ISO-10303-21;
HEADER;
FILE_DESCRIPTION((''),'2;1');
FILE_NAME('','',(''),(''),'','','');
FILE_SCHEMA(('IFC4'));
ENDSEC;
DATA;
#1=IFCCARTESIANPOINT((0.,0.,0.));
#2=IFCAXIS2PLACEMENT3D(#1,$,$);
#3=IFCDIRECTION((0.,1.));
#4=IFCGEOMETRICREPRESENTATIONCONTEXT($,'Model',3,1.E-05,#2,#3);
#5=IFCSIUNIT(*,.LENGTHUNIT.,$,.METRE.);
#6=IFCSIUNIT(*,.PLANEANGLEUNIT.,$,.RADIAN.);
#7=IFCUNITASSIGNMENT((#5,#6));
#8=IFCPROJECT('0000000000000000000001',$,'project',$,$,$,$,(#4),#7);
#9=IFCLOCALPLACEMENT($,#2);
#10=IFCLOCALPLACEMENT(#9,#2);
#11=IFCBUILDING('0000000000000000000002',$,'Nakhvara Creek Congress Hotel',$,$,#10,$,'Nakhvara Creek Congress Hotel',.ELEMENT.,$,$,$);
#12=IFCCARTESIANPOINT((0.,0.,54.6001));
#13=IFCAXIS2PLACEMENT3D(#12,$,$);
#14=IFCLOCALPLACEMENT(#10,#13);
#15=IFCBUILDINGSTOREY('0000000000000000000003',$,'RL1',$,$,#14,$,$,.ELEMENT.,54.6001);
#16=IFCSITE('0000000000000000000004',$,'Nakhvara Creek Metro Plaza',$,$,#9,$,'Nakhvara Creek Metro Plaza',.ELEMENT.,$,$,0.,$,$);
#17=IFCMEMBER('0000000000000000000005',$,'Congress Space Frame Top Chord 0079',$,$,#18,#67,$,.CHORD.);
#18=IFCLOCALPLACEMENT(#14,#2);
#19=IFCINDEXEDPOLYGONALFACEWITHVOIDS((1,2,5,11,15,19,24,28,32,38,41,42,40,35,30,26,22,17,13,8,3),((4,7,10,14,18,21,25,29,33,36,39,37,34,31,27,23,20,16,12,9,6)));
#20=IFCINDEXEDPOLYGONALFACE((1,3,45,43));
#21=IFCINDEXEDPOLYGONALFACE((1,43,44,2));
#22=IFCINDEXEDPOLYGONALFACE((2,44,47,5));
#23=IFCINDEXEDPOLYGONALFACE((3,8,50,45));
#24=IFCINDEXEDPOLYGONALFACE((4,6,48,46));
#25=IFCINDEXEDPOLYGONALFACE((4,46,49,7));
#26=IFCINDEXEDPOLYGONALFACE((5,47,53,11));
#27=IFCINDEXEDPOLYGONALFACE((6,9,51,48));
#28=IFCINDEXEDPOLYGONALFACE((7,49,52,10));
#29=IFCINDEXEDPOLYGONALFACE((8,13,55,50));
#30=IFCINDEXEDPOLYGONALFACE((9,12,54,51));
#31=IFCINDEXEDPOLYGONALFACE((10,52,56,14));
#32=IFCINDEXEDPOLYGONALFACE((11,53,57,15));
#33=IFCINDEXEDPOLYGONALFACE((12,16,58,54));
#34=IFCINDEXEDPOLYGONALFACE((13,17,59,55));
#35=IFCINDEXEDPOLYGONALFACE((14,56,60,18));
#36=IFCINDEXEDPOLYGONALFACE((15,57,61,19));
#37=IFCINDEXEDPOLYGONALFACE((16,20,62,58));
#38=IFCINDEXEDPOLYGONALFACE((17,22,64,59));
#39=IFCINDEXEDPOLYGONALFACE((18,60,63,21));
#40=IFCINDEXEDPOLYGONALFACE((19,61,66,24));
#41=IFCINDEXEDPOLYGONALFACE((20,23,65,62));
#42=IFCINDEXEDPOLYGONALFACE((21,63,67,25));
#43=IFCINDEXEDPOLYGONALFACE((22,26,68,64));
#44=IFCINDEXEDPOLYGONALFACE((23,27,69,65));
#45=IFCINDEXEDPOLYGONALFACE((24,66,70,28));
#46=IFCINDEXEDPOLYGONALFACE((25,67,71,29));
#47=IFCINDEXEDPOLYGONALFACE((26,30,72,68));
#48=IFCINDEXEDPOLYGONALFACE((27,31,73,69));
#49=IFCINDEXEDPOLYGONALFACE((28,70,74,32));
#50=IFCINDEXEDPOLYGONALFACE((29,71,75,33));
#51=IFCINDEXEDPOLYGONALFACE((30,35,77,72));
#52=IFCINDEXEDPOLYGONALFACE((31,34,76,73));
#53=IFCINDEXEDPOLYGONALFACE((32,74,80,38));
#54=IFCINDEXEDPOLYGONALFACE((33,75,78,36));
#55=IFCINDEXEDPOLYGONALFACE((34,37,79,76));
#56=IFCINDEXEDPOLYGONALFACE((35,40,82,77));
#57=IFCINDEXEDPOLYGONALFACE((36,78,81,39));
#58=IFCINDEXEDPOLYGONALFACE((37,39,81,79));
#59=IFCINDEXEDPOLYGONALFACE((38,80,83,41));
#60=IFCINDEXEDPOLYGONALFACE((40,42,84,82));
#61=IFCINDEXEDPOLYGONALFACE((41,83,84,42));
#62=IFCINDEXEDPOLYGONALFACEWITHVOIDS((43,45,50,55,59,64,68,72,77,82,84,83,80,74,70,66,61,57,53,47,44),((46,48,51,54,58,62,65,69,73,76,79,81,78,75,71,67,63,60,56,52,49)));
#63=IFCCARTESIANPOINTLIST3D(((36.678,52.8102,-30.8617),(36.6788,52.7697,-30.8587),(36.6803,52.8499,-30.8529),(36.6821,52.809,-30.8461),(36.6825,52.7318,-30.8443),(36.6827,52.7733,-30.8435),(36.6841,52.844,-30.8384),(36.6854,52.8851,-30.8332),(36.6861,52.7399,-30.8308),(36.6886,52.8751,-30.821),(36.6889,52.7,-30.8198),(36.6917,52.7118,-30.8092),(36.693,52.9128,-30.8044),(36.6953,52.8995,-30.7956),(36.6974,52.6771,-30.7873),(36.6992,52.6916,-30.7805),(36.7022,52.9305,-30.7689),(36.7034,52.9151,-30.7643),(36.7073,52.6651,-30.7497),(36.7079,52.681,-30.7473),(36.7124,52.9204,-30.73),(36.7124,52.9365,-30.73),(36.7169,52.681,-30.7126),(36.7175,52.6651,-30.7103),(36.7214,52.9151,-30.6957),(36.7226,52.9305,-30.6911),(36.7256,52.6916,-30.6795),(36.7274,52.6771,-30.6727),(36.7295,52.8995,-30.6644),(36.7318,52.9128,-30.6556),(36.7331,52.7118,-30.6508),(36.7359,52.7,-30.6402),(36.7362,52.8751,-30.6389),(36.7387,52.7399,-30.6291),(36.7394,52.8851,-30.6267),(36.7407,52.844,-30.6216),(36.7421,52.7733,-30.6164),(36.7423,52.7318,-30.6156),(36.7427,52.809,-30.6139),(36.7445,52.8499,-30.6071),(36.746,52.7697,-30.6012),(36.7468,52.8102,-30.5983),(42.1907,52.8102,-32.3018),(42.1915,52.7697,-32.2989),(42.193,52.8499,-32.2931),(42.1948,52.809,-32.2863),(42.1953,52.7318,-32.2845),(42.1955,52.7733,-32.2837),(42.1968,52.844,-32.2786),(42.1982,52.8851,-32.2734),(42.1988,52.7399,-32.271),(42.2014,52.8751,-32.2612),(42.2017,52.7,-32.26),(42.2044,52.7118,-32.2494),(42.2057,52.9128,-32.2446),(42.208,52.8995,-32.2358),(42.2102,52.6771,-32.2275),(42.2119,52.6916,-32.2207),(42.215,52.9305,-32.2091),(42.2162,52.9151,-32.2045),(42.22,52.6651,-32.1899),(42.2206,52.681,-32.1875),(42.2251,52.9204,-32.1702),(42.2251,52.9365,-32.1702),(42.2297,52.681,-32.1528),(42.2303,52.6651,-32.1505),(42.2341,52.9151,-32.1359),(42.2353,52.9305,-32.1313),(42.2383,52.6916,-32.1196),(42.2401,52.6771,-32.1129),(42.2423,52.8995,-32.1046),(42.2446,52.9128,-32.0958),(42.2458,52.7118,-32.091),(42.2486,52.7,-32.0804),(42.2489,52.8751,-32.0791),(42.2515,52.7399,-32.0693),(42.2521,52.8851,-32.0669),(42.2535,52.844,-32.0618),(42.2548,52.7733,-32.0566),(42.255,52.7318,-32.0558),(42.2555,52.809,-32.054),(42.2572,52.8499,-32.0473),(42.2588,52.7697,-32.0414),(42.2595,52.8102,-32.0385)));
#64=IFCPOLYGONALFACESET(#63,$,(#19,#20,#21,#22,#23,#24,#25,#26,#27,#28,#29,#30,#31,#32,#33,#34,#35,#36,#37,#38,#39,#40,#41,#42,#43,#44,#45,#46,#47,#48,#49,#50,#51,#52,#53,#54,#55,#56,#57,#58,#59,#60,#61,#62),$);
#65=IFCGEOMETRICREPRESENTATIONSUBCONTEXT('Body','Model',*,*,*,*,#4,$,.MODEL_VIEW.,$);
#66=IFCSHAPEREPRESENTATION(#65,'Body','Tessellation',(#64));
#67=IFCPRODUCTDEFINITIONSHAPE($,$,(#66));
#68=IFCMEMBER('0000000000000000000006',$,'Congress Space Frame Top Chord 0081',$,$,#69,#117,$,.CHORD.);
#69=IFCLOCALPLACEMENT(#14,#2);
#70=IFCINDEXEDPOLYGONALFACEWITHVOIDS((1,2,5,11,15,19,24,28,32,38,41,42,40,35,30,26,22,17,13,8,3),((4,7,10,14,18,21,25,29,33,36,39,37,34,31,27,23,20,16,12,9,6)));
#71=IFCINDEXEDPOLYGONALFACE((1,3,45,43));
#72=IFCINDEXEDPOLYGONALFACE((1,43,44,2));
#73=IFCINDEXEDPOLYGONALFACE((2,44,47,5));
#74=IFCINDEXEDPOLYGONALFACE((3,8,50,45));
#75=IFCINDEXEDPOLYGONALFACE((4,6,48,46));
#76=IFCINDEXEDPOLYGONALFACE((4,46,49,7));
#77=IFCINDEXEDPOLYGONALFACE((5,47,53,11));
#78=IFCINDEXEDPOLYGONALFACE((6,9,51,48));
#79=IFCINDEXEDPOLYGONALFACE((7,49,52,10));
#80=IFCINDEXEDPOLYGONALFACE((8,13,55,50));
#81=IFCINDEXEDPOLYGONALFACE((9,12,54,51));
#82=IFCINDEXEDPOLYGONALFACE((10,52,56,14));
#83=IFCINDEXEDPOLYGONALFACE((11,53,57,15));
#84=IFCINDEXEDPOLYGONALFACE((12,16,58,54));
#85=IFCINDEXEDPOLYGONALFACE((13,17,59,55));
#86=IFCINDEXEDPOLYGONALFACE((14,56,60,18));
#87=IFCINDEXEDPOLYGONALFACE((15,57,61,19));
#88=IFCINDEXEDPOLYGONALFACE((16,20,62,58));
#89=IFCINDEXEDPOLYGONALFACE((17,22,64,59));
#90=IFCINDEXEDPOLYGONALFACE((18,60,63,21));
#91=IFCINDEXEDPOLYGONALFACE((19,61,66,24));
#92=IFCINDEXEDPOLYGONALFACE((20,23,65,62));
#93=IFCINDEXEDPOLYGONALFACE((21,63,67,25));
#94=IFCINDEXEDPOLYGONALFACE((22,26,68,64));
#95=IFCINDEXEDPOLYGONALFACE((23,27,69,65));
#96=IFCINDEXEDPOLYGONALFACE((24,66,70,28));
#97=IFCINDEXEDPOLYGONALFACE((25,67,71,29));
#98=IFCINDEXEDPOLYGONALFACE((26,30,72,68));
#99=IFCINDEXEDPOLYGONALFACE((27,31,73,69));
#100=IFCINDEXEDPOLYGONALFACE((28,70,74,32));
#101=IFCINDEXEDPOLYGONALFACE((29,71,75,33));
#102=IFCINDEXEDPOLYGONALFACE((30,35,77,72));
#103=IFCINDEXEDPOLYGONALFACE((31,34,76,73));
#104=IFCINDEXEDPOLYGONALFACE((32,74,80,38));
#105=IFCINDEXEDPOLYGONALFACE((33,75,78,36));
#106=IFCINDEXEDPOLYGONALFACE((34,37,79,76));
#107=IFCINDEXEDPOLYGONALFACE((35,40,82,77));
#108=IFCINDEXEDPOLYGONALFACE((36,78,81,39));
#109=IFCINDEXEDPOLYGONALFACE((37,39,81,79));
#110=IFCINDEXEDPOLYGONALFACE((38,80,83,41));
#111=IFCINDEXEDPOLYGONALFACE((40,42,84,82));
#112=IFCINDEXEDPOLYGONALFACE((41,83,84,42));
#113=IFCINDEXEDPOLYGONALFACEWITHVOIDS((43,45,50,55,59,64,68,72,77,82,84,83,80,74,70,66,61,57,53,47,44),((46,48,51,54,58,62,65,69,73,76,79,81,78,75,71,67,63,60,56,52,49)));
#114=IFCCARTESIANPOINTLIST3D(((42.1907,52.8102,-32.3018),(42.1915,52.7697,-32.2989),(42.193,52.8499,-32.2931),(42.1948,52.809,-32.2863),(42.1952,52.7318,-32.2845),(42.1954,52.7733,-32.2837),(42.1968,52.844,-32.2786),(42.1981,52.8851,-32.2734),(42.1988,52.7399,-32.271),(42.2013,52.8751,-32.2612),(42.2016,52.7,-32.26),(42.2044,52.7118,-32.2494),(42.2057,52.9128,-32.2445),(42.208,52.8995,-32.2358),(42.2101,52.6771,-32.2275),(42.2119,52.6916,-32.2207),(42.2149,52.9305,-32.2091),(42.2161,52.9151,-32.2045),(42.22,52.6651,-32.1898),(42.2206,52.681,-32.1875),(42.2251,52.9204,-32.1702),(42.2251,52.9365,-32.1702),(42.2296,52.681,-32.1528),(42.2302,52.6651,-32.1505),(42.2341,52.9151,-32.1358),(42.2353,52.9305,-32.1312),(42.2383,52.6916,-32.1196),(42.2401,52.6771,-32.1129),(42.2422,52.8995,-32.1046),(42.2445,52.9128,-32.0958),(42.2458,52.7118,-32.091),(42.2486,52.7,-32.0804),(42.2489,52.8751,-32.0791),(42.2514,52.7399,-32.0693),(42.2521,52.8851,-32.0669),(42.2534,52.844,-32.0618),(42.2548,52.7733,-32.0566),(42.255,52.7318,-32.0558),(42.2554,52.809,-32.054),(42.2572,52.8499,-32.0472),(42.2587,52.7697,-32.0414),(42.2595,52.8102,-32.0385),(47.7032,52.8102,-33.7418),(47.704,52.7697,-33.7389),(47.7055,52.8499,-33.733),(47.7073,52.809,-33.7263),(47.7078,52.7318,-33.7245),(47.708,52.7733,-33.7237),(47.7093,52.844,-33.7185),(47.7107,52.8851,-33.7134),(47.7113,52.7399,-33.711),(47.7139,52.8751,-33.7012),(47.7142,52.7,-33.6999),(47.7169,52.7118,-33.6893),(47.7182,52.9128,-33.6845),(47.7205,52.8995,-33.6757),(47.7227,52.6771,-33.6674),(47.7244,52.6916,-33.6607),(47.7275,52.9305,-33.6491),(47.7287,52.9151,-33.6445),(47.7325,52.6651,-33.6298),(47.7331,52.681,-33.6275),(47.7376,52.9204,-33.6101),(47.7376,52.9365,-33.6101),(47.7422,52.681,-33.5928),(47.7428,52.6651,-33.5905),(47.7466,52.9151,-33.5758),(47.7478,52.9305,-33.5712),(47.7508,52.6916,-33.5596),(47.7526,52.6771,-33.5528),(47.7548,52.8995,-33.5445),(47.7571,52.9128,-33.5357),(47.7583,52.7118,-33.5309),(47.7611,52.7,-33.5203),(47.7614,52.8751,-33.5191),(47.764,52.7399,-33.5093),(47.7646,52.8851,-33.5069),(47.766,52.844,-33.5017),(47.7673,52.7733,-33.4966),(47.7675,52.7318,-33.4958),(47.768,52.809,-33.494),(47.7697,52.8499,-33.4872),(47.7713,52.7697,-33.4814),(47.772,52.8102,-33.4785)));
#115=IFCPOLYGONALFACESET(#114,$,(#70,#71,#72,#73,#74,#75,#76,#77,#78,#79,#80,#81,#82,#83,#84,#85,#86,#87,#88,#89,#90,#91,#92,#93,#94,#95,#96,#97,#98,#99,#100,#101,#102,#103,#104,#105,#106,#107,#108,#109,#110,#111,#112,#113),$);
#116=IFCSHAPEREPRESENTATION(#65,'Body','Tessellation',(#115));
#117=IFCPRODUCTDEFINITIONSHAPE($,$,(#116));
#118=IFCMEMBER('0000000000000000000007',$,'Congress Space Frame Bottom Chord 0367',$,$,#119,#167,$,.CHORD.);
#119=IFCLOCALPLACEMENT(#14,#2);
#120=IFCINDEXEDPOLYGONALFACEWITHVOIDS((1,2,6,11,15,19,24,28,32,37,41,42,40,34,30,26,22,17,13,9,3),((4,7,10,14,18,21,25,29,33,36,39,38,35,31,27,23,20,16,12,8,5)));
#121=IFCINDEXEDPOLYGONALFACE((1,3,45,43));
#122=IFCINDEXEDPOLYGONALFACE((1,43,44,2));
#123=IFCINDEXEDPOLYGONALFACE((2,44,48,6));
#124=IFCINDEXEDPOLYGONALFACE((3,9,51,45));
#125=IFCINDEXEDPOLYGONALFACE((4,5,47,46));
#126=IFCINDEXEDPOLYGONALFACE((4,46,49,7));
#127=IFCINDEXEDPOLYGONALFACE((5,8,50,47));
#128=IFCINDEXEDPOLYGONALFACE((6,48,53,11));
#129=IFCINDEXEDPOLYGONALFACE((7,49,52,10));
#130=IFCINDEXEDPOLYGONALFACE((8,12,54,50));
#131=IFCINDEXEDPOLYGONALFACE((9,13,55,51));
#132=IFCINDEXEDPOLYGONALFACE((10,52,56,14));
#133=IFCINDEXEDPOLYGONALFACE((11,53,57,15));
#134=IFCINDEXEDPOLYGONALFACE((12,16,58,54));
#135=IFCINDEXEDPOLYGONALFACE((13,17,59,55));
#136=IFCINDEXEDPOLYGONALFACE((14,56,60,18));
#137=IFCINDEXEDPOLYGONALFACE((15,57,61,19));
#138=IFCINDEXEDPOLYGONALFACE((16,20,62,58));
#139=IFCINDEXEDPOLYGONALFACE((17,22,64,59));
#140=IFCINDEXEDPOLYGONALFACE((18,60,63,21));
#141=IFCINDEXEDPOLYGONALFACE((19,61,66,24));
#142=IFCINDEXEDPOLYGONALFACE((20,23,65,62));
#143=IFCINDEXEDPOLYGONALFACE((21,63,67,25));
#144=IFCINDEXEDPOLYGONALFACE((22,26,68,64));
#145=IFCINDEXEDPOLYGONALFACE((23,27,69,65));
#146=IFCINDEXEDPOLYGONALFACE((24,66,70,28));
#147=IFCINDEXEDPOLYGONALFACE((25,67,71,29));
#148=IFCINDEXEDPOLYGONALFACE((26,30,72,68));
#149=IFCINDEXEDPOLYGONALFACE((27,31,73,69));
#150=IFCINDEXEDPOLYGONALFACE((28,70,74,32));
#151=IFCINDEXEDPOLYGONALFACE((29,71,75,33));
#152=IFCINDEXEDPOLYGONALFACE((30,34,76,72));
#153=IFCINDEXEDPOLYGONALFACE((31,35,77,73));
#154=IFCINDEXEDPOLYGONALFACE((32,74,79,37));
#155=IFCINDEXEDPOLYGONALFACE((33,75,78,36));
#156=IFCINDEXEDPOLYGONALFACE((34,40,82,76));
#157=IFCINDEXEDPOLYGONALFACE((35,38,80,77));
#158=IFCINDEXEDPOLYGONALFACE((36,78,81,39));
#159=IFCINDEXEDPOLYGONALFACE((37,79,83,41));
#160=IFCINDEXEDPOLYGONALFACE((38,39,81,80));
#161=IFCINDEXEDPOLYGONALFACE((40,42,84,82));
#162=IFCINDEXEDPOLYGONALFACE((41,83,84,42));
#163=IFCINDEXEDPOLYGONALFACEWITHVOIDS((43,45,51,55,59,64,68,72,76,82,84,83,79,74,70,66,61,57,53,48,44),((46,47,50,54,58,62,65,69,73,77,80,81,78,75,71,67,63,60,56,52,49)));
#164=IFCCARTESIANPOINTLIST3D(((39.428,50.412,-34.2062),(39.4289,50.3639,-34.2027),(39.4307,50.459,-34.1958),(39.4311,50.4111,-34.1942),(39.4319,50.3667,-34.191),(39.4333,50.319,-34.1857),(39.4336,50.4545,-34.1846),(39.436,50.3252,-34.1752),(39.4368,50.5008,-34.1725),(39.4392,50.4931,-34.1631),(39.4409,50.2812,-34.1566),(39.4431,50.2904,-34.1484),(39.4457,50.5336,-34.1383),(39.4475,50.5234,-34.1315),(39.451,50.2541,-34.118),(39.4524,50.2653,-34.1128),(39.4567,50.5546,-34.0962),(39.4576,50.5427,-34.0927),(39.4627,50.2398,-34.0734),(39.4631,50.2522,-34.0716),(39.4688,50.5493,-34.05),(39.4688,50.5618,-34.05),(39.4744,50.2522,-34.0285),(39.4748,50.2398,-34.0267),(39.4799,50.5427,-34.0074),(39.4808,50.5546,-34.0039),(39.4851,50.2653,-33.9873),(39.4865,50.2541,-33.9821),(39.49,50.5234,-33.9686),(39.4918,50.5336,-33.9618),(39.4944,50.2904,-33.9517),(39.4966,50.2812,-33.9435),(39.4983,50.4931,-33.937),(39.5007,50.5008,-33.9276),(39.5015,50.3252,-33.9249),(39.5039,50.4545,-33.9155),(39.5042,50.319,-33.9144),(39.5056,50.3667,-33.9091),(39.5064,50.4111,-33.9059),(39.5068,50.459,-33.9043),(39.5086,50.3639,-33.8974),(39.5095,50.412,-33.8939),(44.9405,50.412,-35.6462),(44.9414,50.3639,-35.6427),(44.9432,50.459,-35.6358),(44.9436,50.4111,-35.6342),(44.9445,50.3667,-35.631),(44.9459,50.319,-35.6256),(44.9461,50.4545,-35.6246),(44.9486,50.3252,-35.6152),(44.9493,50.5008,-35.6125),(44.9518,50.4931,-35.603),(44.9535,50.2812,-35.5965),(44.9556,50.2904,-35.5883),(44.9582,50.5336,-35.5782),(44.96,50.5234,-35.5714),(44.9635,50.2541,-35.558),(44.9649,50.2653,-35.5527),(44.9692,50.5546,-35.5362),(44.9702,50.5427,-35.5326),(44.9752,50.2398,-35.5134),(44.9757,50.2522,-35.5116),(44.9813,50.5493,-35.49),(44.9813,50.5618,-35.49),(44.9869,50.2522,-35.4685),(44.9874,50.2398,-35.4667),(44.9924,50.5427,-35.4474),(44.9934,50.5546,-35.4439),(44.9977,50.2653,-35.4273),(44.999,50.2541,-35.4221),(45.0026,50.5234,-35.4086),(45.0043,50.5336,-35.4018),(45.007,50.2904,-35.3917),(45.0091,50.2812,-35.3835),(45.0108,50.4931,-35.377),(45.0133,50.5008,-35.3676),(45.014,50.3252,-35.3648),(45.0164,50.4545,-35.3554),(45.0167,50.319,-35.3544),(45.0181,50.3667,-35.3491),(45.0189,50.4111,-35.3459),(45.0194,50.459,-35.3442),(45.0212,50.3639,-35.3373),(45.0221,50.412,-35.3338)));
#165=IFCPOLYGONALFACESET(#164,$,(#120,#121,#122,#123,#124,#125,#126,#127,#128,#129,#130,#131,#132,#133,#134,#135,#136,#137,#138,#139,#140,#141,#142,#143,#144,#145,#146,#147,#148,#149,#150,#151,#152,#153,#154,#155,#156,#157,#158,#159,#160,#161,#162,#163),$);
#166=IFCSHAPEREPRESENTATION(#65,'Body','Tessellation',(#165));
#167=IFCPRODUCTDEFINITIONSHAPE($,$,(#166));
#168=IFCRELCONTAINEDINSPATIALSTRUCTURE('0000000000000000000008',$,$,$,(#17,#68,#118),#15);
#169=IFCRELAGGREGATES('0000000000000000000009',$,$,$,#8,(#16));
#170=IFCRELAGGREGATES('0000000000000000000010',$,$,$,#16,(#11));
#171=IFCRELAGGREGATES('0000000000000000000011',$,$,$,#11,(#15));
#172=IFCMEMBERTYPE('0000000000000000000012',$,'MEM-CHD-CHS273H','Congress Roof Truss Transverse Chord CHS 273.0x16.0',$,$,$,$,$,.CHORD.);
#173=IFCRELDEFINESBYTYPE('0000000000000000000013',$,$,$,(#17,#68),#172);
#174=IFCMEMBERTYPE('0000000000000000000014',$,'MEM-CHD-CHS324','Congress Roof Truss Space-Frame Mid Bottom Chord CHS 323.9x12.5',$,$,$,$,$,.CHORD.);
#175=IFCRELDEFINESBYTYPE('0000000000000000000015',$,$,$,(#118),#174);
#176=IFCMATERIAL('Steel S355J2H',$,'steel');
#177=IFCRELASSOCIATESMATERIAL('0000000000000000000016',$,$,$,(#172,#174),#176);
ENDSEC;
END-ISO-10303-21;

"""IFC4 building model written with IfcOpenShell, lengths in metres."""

from ifc_helpers import new_model, si_unit, direction, frame, origin, origin_2d, place, context, subcontext, project, spatial, hollow_circle, extrude, material, material_profile, profile_set, type_object, element, save


model = new_model("IFC4")

# Units and contexts
model_context = context("Model", 3, precision=1e-05, world=origin(), true_north=direction((0.0, 1.0)))
body_context = subcontext(model_context, "Body", "Model", "MODEL_VIEW")
ifc_project = project(units=[si_unit("LENGTHUNIT", "METRE"), si_unit("PLANEANGLEUNIT", "RADIAN")], contexts=[model_context])

# Site, building, storey
site_placement = place(None, origin())
site = spatial("IfcSite", under=ifc_project, at=site_placement, Name="Nakhvara Creek Metro Plaza", LongName="Nakhvara Creek Metro Plaza", CompositionType="ELEMENT", RefElevation=0.0)
building_placement = place(site_placement, origin())
building = spatial("IfcBuilding", under=site, at=building_placement, Name="Nakhvara Creek Congress Hotel", LongName="Nakhvara Creek Congress Hotel", CompositionType="ELEMENT")
storey_placement = place(building_placement, frame((0.0, 0.0, 54.6001)))
storey = spatial("IfcBuildingStorey", under=building, at=storey_placement, Name="RL1", CompositionType="ELEMENT", Elevation=54.6001)

# Members
ifc_material_1 = material(Name="Steel S355J2H", Category="steel")
ifc_material_profile_1 = material_profile(ifc_material_1, hollow_circle(Radius=0.1365, WallThickness=0.0161, at=origin_2d()), Name="CHS 273.0x16.0", Category="LoadBearing")
ifc_profile_set_1 = profile_set([ifc_material_profile_1], Name="Steel S355J2H")
member_type_1 = type_object("IfcMemberType", Name="MEM-CHD-CHS273H", Description="Congress Roof Truss Transverse Chord CHS 273.0x16.0", PredefinedType="CHORD", material=ifc_profile_set_1)
member_1_placement = place(storey_placement, frame((36.7124, 52.8, -30.73), z_axis=(0.967528, 0.0, -0.252766), x_axis=(0.0, 1.0, 0.0)))
element("IfcMember", 1, at=member_1_placement, inside=storey, type_object=member_type_1, Name="Congress Space Frame Top Chord 0079", PredefinedType="CHORD", context=body_context, shape_type="SweptSolid", body=[
    extrude(hollow_circle(Radius=0.1365, WallThickness=0.0161, at=origin_2d()), origin(), (0.0, 0.0, 1.0), 5.6978),
])
member_2_placement = place(storey_placement, frame((42.2251, 52.8, -32.1702), z_axis=(0.967535, 0.0, -0.252736), x_axis=(0.0, 1.0, 0.0)))
element("IfcMember", 2, at=member_2_placement, inside=storey, type_object=member_type_1, Name="Congress Space Frame Top Chord 0081", PredefinedType="CHORD", context=body_context, shape_type="SweptSolid", body=[
    extrude(hollow_circle(Radius=0.1365, WallThickness=0.0161, at=origin_2d()), origin(), (0.0, 0.0, 1.0), 5.6975),
])
ifc_material_profile_2 = material_profile(ifc_material_1, hollow_circle(Radius=0.1619, WallThickness=0.0125, at=origin_2d()), Name="CHS 323.9x12.5", Category="LoadBearing")
ifc_profile_set_2 = profile_set([ifc_material_profile_2], Name="Steel S355J2H")
member_type_2 = type_object("IfcMemberType", Name="MEM-CHD-CHS324", Description="Congress Roof Truss Space-Frame Mid Bottom Chord CHS 323.9x12.5", PredefinedType="CHORD", material=ifc_profile_set_2)
for number, where, z_axis, x_axis, name in (
    (3, (39.4688, 50.3999, -34.05), (0.967535, 0.0, -0.252736), (0.0, 1.0, 0.0), "Congress Space Frame Bottom Chord 0367"),
):
    element("IfcMember", number, at=place(storey_placement, frame(where, z_axis=z_axis, x_axis=x_axis)), inside=storey, type_object=member_type_2, Name=name, PredefinedType="CHORD", context=body_context, shape_type="SweptSolid", body=[
        extrude(hollow_circle(Radius=0.1619, WallThickness=0.0125, at=origin_2d()), origin(), (0.0, 0.0, 1.0), 5.6975),
    ])

save(model, "model.ifc")
